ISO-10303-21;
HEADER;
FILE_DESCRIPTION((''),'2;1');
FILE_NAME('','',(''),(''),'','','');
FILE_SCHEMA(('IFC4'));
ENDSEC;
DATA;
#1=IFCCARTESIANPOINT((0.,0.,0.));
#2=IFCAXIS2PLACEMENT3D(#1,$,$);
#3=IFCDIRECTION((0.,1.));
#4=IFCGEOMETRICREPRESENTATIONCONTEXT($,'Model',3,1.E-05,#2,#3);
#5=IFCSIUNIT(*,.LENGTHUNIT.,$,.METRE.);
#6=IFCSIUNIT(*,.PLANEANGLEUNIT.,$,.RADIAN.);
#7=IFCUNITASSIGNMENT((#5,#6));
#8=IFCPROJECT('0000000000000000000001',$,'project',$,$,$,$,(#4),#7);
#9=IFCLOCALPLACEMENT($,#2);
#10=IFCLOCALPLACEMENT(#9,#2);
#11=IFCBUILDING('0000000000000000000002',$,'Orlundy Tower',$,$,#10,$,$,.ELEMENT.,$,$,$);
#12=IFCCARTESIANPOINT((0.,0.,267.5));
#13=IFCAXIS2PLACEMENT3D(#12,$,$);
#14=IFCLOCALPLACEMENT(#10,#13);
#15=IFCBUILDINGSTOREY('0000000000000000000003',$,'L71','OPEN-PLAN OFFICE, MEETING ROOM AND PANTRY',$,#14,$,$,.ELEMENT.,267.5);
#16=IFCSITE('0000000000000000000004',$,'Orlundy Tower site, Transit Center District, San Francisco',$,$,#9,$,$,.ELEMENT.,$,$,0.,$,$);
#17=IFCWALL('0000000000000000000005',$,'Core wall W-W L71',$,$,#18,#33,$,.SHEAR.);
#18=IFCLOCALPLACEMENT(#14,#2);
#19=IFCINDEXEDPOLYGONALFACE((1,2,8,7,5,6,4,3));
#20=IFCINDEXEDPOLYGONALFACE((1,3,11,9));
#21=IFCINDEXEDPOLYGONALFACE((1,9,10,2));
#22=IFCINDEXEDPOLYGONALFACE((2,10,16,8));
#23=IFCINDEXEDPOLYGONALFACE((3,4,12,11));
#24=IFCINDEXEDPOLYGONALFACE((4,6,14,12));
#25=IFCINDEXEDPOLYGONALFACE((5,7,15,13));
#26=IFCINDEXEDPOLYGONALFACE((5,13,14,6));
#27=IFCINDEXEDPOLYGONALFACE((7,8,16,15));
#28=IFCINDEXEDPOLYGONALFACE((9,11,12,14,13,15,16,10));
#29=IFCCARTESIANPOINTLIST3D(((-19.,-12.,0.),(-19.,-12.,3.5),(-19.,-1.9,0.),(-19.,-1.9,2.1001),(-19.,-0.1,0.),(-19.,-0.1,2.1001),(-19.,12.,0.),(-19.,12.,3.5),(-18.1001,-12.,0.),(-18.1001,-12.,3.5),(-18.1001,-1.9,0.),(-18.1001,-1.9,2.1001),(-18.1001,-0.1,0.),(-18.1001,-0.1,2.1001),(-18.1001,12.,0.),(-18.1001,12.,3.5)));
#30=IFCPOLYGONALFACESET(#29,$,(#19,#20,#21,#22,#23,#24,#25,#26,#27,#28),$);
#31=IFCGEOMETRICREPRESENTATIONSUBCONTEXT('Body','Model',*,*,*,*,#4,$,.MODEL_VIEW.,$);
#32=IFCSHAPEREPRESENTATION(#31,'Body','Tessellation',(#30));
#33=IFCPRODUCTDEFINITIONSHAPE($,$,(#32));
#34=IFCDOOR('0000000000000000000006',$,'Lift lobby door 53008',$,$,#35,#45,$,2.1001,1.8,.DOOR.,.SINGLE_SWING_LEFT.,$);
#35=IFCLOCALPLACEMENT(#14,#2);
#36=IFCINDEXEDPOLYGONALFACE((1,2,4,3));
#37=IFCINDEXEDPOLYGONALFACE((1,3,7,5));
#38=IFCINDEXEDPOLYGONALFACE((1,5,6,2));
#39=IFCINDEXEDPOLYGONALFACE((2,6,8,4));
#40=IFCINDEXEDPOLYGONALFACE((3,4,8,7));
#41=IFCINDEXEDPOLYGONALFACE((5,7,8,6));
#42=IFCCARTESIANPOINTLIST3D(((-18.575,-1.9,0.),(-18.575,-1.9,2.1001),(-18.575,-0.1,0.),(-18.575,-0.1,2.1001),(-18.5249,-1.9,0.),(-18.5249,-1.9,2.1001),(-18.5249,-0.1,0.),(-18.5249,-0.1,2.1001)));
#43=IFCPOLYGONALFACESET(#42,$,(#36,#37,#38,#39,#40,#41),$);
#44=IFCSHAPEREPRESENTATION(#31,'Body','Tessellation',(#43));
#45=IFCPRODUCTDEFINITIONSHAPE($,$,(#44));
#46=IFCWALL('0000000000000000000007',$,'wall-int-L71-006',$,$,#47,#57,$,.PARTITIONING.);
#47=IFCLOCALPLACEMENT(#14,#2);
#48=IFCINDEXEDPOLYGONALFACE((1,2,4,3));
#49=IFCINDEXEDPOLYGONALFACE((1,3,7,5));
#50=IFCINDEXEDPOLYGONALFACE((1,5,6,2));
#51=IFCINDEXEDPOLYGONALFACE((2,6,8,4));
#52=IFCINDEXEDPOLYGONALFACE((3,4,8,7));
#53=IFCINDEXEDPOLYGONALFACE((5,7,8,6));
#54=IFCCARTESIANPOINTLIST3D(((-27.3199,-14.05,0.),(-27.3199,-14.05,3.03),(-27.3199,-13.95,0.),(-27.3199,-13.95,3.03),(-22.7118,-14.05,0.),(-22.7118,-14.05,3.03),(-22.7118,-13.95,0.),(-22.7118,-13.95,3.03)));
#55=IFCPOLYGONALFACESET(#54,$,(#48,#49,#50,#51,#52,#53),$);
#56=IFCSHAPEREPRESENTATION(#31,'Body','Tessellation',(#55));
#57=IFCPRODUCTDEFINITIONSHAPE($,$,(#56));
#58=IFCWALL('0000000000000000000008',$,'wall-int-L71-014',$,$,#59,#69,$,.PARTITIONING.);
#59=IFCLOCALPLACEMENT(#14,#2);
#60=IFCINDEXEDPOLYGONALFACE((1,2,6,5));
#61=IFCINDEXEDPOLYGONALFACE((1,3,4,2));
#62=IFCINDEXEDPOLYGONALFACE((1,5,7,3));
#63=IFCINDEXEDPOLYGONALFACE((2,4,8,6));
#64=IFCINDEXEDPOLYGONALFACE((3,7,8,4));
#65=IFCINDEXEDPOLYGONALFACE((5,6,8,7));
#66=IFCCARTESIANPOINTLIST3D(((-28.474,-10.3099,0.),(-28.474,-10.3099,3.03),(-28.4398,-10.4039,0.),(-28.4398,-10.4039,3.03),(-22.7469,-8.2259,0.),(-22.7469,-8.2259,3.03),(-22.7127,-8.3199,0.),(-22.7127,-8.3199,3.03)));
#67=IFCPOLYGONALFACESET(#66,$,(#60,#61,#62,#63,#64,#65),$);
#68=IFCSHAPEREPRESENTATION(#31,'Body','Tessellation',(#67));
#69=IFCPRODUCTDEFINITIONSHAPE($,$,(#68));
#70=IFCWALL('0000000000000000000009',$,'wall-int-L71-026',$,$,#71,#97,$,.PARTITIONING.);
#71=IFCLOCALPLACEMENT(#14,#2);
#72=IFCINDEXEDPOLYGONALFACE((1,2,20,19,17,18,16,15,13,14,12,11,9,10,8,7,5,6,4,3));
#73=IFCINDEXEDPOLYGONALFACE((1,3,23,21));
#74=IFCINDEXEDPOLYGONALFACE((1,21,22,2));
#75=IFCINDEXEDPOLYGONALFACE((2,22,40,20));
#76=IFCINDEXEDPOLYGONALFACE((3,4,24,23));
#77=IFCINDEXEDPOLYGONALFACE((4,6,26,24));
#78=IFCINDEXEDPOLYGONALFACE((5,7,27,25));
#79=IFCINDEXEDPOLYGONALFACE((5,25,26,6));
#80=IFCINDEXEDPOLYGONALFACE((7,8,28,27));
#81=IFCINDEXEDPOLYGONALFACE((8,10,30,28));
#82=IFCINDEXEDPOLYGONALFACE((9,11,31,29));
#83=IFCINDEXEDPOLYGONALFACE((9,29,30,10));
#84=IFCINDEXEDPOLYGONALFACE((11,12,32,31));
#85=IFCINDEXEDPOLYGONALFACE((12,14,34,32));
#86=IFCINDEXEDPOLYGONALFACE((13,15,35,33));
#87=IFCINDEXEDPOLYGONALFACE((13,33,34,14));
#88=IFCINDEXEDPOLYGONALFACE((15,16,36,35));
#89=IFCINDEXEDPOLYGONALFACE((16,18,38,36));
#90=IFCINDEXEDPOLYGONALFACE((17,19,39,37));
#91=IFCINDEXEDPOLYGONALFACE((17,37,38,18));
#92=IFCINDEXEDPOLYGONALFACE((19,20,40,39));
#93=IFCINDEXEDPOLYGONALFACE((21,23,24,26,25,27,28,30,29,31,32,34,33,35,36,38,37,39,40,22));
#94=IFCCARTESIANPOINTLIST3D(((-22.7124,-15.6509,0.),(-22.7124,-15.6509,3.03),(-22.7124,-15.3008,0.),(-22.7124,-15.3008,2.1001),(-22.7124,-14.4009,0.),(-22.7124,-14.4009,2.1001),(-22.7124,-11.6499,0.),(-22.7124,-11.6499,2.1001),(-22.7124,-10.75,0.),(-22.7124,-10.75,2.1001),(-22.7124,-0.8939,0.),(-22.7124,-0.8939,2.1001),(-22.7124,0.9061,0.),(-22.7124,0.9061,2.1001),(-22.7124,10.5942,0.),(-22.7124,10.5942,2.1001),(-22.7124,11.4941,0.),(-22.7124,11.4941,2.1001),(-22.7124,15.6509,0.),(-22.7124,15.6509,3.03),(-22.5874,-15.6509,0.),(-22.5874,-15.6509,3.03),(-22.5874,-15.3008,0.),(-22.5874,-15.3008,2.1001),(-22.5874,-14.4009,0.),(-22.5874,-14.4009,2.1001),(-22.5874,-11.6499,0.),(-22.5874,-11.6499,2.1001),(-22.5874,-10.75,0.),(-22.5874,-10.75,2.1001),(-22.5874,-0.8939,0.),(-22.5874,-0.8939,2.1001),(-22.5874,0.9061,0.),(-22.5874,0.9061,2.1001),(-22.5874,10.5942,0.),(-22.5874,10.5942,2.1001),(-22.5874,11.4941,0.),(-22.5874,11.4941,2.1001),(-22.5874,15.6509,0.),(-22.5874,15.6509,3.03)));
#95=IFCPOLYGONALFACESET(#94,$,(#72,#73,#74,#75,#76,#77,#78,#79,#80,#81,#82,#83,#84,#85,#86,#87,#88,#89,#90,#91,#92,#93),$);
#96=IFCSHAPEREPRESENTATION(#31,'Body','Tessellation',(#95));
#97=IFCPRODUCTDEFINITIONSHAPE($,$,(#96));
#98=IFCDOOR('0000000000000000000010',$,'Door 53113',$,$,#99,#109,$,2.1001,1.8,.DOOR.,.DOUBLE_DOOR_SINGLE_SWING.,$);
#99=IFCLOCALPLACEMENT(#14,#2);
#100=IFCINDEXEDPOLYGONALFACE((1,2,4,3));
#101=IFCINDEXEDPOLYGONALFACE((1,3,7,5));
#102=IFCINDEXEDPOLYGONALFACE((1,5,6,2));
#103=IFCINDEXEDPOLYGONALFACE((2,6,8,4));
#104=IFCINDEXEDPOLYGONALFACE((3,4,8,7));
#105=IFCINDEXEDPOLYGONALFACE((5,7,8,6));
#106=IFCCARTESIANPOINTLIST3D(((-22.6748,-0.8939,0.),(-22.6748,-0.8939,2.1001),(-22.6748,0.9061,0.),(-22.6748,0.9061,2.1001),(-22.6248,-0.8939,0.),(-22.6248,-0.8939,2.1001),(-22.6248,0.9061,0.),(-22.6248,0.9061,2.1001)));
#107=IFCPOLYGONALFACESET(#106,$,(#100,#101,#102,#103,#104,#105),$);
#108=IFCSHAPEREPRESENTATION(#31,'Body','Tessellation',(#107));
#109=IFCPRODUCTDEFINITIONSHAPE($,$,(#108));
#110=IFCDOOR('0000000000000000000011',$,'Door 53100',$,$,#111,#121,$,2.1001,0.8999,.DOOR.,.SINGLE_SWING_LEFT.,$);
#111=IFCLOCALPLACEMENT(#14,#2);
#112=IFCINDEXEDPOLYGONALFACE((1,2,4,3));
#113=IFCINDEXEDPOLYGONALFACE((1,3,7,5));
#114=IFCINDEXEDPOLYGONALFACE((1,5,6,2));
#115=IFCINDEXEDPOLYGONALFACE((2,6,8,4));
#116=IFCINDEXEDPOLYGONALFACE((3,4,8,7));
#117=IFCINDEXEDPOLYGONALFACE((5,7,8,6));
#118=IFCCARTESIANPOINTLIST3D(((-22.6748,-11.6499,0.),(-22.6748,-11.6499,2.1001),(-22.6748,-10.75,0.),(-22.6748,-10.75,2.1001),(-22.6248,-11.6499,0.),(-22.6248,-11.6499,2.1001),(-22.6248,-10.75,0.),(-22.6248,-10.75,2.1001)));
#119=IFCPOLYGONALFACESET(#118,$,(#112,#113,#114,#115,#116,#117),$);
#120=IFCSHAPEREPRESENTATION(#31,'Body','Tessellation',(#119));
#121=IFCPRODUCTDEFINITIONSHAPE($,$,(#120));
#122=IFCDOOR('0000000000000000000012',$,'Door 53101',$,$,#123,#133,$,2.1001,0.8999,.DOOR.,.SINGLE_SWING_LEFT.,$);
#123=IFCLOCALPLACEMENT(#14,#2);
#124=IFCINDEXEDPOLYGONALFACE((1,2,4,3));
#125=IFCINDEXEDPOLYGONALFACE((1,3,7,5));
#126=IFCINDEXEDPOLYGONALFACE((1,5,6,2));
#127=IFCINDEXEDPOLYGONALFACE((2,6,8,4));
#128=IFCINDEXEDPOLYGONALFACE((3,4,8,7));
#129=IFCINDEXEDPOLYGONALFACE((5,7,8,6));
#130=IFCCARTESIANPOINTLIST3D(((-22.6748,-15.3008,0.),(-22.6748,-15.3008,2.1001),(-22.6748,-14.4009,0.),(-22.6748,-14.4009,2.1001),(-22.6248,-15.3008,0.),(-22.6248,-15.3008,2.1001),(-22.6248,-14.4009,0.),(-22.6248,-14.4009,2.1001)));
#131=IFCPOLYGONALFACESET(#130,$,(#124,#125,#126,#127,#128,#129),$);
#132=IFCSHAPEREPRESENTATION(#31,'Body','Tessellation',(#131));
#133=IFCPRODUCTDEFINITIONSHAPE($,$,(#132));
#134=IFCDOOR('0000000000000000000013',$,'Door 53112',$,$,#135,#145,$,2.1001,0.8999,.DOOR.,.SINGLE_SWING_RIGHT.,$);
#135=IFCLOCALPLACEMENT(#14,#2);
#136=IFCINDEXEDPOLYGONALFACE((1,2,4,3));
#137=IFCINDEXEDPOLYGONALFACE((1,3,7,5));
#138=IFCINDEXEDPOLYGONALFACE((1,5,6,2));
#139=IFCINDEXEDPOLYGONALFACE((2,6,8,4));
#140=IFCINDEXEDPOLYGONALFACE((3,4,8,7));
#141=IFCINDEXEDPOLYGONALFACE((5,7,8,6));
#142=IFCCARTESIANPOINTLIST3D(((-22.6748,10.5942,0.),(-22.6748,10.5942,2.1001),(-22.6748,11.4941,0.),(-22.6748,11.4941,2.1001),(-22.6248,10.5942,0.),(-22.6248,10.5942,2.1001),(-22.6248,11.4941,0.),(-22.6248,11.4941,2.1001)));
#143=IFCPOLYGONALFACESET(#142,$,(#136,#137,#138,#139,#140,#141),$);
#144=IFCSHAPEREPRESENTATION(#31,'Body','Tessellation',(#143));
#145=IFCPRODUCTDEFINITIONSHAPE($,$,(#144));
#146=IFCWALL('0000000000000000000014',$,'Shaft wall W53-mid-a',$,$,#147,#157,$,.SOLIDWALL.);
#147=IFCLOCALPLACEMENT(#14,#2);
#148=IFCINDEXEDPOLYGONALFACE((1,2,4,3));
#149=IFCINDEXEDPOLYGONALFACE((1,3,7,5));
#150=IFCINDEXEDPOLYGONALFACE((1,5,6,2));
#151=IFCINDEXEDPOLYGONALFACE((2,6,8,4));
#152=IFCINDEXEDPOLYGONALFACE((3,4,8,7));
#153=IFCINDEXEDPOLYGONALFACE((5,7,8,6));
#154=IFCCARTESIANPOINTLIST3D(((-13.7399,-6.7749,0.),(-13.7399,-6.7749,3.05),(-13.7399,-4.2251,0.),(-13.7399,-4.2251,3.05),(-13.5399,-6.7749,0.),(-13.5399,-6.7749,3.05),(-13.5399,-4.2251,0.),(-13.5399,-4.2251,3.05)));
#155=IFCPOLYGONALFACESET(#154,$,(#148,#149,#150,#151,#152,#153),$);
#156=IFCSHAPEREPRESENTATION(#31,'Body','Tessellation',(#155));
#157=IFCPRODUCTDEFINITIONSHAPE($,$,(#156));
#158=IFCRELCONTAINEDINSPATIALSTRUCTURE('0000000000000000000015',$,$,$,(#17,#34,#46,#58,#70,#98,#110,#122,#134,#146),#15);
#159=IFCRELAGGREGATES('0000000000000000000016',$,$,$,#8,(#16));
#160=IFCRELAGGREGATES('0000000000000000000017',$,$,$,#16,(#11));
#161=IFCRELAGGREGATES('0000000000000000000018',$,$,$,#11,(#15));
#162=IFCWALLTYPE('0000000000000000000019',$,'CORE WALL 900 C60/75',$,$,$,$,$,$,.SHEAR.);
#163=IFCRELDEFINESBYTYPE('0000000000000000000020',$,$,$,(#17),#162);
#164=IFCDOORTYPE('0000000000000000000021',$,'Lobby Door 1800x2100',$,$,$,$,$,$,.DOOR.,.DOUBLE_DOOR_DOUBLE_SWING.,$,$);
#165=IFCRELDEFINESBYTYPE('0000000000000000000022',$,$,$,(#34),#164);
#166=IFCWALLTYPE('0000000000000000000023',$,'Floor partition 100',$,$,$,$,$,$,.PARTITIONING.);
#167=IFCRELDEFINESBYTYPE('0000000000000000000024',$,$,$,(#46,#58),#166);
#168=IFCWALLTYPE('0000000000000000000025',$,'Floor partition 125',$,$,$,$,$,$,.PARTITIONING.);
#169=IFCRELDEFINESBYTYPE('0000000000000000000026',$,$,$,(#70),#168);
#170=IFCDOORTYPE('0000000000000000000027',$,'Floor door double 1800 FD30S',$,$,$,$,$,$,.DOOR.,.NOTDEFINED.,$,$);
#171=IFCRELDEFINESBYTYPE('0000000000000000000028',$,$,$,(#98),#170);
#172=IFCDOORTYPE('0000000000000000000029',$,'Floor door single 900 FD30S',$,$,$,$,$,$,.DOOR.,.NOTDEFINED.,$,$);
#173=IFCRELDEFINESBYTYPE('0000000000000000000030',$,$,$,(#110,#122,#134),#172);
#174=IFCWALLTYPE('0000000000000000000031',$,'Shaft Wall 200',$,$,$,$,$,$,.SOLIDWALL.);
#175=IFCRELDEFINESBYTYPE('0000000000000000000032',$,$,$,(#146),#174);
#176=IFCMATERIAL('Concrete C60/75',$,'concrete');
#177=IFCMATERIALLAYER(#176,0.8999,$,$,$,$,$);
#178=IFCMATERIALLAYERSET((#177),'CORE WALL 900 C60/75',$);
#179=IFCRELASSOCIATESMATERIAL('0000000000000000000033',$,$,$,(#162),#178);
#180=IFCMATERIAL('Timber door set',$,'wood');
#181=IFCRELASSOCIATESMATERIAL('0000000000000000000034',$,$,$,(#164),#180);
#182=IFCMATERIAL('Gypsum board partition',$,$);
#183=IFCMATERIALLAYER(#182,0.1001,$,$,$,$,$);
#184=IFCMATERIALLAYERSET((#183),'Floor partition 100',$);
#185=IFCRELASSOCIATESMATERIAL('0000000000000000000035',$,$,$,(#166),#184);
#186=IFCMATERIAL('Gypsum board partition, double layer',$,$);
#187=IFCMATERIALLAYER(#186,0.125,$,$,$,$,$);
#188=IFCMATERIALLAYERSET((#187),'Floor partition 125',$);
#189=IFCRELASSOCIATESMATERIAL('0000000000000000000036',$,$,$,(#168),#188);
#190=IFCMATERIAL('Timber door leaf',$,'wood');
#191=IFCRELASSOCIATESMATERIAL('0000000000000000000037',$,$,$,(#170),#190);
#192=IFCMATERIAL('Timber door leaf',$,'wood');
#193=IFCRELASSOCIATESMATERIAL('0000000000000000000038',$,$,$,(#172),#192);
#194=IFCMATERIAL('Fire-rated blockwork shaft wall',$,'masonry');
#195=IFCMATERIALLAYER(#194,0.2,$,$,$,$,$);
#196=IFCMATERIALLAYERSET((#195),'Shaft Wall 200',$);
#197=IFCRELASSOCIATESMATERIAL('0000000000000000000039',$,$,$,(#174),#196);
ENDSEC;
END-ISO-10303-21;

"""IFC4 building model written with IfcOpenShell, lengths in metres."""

from ifc_helpers import new_model, si_unit, direction, frame, frame_2d, origin, place, context, subcontext, project, spatial, rectangle, extrude, material, layer, layer_set, type_object, element, fill, save


model = new_model("IFC4")

# Units and contexts
model_context = context("Model", 3, precision=1e-05, world=origin(), true_north=direction((0.0, 1.0)))
body_context = subcontext(model_context, "Body", "Model", "MODEL_VIEW")
ifc_project = project(units=[si_unit("LENGTHUNIT", "METRE"), si_unit("PLANEANGLEUNIT", "RADIAN")], contexts=[model_context])

# Site, building, storey
site_placement = place(None, origin())
site = spatial("IfcSite", under=ifc_project, at=site_placement, Name="Orlundy Tower site, Transit Center District, San Francisco", CompositionType="ELEMENT", RefElevation=0.0)
building_placement = place(site_placement, origin())
building = spatial("IfcBuilding", under=site, at=building_placement, Name="Orlundy Tower", CompositionType="ELEMENT")
storey_placement = place(building_placement, frame((0.0, 0.0, 267.5)))
storey = spatial("IfcBuildingStorey", under=building, at=storey_placement, Name="L71", Description="OPEN-PLAN OFFICE, MEETING ROOM AND PANTRY", CompositionType="ELEMENT", Elevation=267.5)

# Shared definitions
ifc_material_1 = material(Name="Concrete C60/75", Category="concrete")
ifc_layer_1 = layer(ifc_material_1, 0.8999)
ifc_layer_set_1 = layer_set([ifc_layer_1], Name="CORE WALL 900 C60/75")
wall_type_1 = type_object("IfcWallType", Name="CORE WALL 900 C60/75", PredefinedType="SHEAR", material=ifc_layer_set_1)
ifc_material_2 = material(Name="Timber door set", Category="wood")
door_type_1 = type_object("IfcDoorType", Name="Lobby Door 1800x2100", OperationType="DOUBLE_DOOR_DOUBLE_SWING", PredefinedType="DOOR", material=ifc_material_2)

# Wall, opening, door
wall_1_placement = place(storey_placement, frame((-18.55, -12.0, 0.0), z_axis=(0.0, 0.0, 1.0), x_axis=(0.0, 1.0, 0.0)))
wall_1 = element("IfcWall", 1, at=wall_1_placement, inside=storey, type_object=wall_type_1, Name="Core wall W-W L71", PredefinedType="SHEAR", context=body_context, shape_type="SweptSolid", body=[
    extrude(rectangle(XDim=24.0, YDim=0.8999, at=frame_2d((12.0, 0.0))), origin(), (0.0, 0.0, 1.0), 3.5),
])
opening_1_placement = place(wall_1_placement, frame((10.1001, 0.0, 0.0)))
opening_1 = element("IfcOpeningElement", 2, at=opening_1_placement, cuts=wall_1, PredefinedType="OPENING", context=body_context, shape_type="SweptSolid", body=[
    extrude(rectangle(XDim=1.8, YDim=2.1001, at=frame_2d((0.8999, 1.05))), frame((0.0, 0.46, 0.0), z_axis=(0.0, -1.0, 0.0), x_axis=(1.0, 0.0, 0.0)), (0.0, 0.0, 1.0), 0.9199),
])
door_1_placement = place(opening_1_placement, origin())
door_1 = element("IfcDoor", 3, at=door_1_placement, inside=storey, type_object=door_type_1, Name="Lift lobby door 53008", OperationType="SINGLE_SWING_LEFT", OverallHeight=2.1001, OverallWidth=1.8, PredefinedType="DOOR", context=body_context, shape_type="SweptSolid", body=[
    extrude(rectangle(XDim=1.8, YDim=2.1001, at=frame_2d((0.8999, 1.05))), frame((0.0, 0.0249, 0.0), z_axis=(0.0, -1.0, 0.0), x_axis=(1.0, 0.0, 0.0)), (0.0, 0.0, 1.0), 0.05),
])
fill(opening_1, door_1)

# Walls
ifc_material_3 = material(Name="Gypsum board partition")
ifc_layer_2 = layer(ifc_material_3, 0.1001)
ifc_layer_set_2 = layer_set([ifc_layer_2], Name="Floor partition 100")
wall_type_2 = type_object("IfcWallType", Name="Floor partition 100", PredefinedType="PARTITIONING", material=ifc_layer_set_2)
wall_2_placement = place(storey_placement, frame((-27.3201, -14.0, 0.0), z_axis=(0.0, 0.0, 1.0), x_axis=(1.0, 0.0, 0.0)))
element("IfcWall", 4, at=wall_2_placement, inside=storey, type_object=wall_type_2, Name="wall-int-L71-006", PredefinedType="PARTITIONING", context=body_context, shape_type="SweptSolid", body=[
    extrude(rectangle(XDim=4.6082, YDim=0.1001, at=frame_2d((2.3042, 0.0))), origin(), (0.0, 0.0, 1.0), 3.03),
])
wall_3_placement = place(storey_placement, frame((-28.457, -10.3569, 0.0), z_axis=(0.0, 0.0, 1.0), x_axis=(0.939719, 0.341949, 0.0)))
element("IfcWall", 5, at=wall_3_placement, inside=storey, type_object=wall_type_2, Name="wall-int-L71-014", PredefinedType="PARTITIONING", context=body_context, shape_type="SweptSolid", body=[
    extrude(rectangle(XDim=6.0945, YDim=0.1001, at=frame_2d((3.0474, 0.0))), origin(), (0.0, 0.0, 1.0), 3.03),
])

# Wall, openings, doors
ifc_material_4 = material(Name="Gypsum board partition, double layer")
ifc_layer_3 = layer(ifc_material_4, 0.125)
ifc_layer_set_3 = layer_set([ifc_layer_3], Name="Floor partition 125")
wall_type_3 = type_object("IfcWallType", Name="Floor partition 125", PredefinedType="PARTITIONING", material=ifc_layer_set_3)
wall_4_placement = place(storey_placement, frame((-22.6499, -15.6509, 0.0), z_axis=(0.0, 0.0, 1.0), x_axis=(0.0, 1.0, 0.0)))
wall_4 = element("IfcWall", 6, at=wall_4_placement, inside=storey, type_object=wall_type_3, Name="wall-int-L71-026", PredefinedType="PARTITIONING", context=body_context, shape_type="SweptSolid", body=[
    extrude(rectangle(XDim=31.3018, YDim=0.125, at=frame_2d((15.6509, 0.0))), origin(), (0.0, 0.0, 1.0), 3.03),
])
opening_2_placement = place(wall_4_placement, frame((4.001, 0.0, 0.0)))
opening_2 = element("IfcOpeningElement", 7, at=opening_2_placement, cuts=wall_4, PredefinedType="OPENING", context=body_context, shape_type="SweptSolid", body=[
    extrude(rectangle(XDim=0.8999, YDim=2.1001, at=frame_2d((0.45, 1.05))), frame((0.0, 0.0725, 0.0), z_axis=(0.0, -1.0, 0.0), x_axis=(1.0, 0.0, 0.0)), (0.0, 0.0, 1.0), 0.145),
])
opening_3_placement = place(wall_4_placement, frame((0.3501, 0.0, 0.0)))
opening_3 = element("IfcOpeningElement", 8, at=opening_3_placement, cuts=wall_4, PredefinedType="OPENING", context=body_context, shape_type="SweptSolid", body=[
    extrude(rectangle(XDim=0.8999, YDim=2.1001, at=frame_2d((0.45, 1.05))), frame((0.0, 0.0725, 0.0), z_axis=(0.0, -1.0, 0.0), x_axis=(1.0, 0.0, 0.0)), (0.0, 0.0, 1.0), 0.145),
])
opening_4_placement = place(wall_4_placement, frame((26.2451, 0.0, 0.0)))
opening_4 = element("IfcOpeningElement", 9, at=opening_4_placement, cuts=wall_4, PredefinedType="OPENING", context=body_context, shape_type="SweptSolid", body=[
    extrude(rectangle(XDim=0.8999, YDim=2.1001, at=frame_2d((0.45, 1.05))), frame((0.0, 0.0725, 0.0), z_axis=(0.0, -1.0, 0.0), x_axis=(1.0, 0.0, 0.0)), (0.0, 0.0, 1.0), 0.145),
])
opening_5_placement = place(wall_4_placement, frame((14.7571, 0.0, 0.0)))
opening_5 = element("IfcOpeningElement", 10, at=opening_5_placement, cuts=wall_4, PredefinedType="OPENING", context=body_context, shape_type="SweptSolid", body=[
    extrude(rectangle(XDim=1.8, YDim=2.1001, at=frame_2d((0.8999, 1.05))), frame((0.0, 0.0725, 0.0), z_axis=(0.0, -1.0, 0.0), x_axis=(1.0, 0.0, 0.0)), (0.0, 0.0, 1.0), 0.145),
])
ifc_material_5 = material(Name="Timber door leaf", Category="wood")
door_type_2 = type_object("IfcDoorType", Name="Floor door double 1800 FD30S", OperationType="NOTDEFINED", PredefinedType="DOOR", material=ifc_material_5)
door_2_placement = place(opening_5_placement, origin())
door_2 = element("IfcDoor", 11, at=door_2_placement, inside=storey, type_object=door_type_2, Name="Door 53113", OperationType="DOUBLE_DOOR_SINGLE_SWING", OverallHeight=2.1001, OverallWidth=1.8, PredefinedType="DOOR", context=body_context, shape_type="SweptSolid", body=[
    extrude(rectangle(XDim=1.8, YDim=2.1001, at=frame_2d((0.8999, 1.05))), frame((0.0, 0.0249, 0.0), z_axis=(0.0, -1.0, 0.0), x_axis=(1.0, 0.0, 0.0)), (0.0, 0.0, 1.0), 0.05),
])
fill(opening_5, door_2)
ifc_material_6 = material(Name="Timber door leaf", Category="wood")
door_type_3 = type_object("IfcDoorType", Name="Floor door single 900 FD30S", OperationType="NOTDEFINED", PredefinedType="DOOR", material=ifc_material_6)
door_3_placement = place(opening_2_placement, origin())
door_3 = element("IfcDoor", 12, at=door_3_placement, inside=storey, type_object=door_type_3, Name="Door 53100", OperationType="SINGLE_SWING_LEFT", OverallHeight=2.1001, OverallWidth=0.8999, PredefinedType="DOOR", context=body_context, shape_type="SweptSolid", body=[
    extrude(rectangle(XDim=0.8999, YDim=2.1001, at=frame_2d((0.45, 1.05))), frame((0.0, 0.0249, 0.0), z_axis=(0.0, -1.0, 0.0), x_axis=(1.0, 0.0, 0.0)), (0.0, 0.0, 1.0), 0.05),
])
fill(opening_2, door_3)
door_4_placement = place(opening_3_placement, origin())
door_4 = element("IfcDoor", 13, at=door_4_placement, inside=storey, type_object=door_type_3, Name="Door 53101", OperationType="SINGLE_SWING_LEFT", OverallHeight=2.1001, OverallWidth=0.8999, PredefinedType="DOOR", context=body_context, shape_type="SweptSolid", body=[
    extrude(rectangle(XDim=0.8999, YDim=2.1001, at=frame_2d((0.45, 1.05))), frame((0.0, 0.0249, 0.0), z_axis=(0.0, -1.0, 0.0), x_axis=(1.0, 0.0, 0.0)), (0.0, 0.0, 1.0), 0.05),
])
fill(opening_3, door_4)
door_5_placement = place(opening_4_placement, origin())
door_5 = element("IfcDoor", 14, at=door_5_placement, inside=storey, type_object=door_type_3, Name="Door 53112", OperationType="SINGLE_SWING_RIGHT", OverallHeight=2.1001, OverallWidth=0.8999, PredefinedType="DOOR", context=body_context, shape_type="SweptSolid", body=[
    extrude(rectangle(XDim=0.8999, YDim=2.1001, at=frame_2d((0.45, 1.05))), frame((0.0, 0.0249, 0.0), z_axis=(0.0, -1.0, 0.0), x_axis=(1.0, 0.0, 0.0)), (0.0, 0.0, 1.0), 0.05),
])
fill(opening_4, door_5)

# Wall
ifc_material_7 = material(Name="Fire-rated blockwork shaft wall", Category="masonry")
ifc_layer_4 = layer(ifc_material_7, 0.2)
ifc_layer_set_4 = layer_set([ifc_layer_4], Name="Shaft Wall 200")
wall_type_4 = type_object("IfcWallType", Name="Shaft Wall 200", PredefinedType="SOLIDWALL", material=ifc_layer_set_4)
wall_5_placement = place(storey_placement, frame((-13.6399, -6.7749, 0.0), z_axis=(0.0, 0.0, 1.0), x_axis=(0.0, 1.0, 0.0)))
element("IfcWall", 15, at=wall_5_placement, inside=storey, type_object=wall_type_4, Name="Shaft wall W53-mid-a", PredefinedType="SOLIDWALL", context=body_context, shape_type="SweptSolid", body=[
    extrude(rectangle(XDim=2.5498, YDim=0.2, at=frame_2d((1.2749, 0.0))), origin(), (0.0, 0.0, 1.0), 3.05),
])

save(model, "model.ifc")
